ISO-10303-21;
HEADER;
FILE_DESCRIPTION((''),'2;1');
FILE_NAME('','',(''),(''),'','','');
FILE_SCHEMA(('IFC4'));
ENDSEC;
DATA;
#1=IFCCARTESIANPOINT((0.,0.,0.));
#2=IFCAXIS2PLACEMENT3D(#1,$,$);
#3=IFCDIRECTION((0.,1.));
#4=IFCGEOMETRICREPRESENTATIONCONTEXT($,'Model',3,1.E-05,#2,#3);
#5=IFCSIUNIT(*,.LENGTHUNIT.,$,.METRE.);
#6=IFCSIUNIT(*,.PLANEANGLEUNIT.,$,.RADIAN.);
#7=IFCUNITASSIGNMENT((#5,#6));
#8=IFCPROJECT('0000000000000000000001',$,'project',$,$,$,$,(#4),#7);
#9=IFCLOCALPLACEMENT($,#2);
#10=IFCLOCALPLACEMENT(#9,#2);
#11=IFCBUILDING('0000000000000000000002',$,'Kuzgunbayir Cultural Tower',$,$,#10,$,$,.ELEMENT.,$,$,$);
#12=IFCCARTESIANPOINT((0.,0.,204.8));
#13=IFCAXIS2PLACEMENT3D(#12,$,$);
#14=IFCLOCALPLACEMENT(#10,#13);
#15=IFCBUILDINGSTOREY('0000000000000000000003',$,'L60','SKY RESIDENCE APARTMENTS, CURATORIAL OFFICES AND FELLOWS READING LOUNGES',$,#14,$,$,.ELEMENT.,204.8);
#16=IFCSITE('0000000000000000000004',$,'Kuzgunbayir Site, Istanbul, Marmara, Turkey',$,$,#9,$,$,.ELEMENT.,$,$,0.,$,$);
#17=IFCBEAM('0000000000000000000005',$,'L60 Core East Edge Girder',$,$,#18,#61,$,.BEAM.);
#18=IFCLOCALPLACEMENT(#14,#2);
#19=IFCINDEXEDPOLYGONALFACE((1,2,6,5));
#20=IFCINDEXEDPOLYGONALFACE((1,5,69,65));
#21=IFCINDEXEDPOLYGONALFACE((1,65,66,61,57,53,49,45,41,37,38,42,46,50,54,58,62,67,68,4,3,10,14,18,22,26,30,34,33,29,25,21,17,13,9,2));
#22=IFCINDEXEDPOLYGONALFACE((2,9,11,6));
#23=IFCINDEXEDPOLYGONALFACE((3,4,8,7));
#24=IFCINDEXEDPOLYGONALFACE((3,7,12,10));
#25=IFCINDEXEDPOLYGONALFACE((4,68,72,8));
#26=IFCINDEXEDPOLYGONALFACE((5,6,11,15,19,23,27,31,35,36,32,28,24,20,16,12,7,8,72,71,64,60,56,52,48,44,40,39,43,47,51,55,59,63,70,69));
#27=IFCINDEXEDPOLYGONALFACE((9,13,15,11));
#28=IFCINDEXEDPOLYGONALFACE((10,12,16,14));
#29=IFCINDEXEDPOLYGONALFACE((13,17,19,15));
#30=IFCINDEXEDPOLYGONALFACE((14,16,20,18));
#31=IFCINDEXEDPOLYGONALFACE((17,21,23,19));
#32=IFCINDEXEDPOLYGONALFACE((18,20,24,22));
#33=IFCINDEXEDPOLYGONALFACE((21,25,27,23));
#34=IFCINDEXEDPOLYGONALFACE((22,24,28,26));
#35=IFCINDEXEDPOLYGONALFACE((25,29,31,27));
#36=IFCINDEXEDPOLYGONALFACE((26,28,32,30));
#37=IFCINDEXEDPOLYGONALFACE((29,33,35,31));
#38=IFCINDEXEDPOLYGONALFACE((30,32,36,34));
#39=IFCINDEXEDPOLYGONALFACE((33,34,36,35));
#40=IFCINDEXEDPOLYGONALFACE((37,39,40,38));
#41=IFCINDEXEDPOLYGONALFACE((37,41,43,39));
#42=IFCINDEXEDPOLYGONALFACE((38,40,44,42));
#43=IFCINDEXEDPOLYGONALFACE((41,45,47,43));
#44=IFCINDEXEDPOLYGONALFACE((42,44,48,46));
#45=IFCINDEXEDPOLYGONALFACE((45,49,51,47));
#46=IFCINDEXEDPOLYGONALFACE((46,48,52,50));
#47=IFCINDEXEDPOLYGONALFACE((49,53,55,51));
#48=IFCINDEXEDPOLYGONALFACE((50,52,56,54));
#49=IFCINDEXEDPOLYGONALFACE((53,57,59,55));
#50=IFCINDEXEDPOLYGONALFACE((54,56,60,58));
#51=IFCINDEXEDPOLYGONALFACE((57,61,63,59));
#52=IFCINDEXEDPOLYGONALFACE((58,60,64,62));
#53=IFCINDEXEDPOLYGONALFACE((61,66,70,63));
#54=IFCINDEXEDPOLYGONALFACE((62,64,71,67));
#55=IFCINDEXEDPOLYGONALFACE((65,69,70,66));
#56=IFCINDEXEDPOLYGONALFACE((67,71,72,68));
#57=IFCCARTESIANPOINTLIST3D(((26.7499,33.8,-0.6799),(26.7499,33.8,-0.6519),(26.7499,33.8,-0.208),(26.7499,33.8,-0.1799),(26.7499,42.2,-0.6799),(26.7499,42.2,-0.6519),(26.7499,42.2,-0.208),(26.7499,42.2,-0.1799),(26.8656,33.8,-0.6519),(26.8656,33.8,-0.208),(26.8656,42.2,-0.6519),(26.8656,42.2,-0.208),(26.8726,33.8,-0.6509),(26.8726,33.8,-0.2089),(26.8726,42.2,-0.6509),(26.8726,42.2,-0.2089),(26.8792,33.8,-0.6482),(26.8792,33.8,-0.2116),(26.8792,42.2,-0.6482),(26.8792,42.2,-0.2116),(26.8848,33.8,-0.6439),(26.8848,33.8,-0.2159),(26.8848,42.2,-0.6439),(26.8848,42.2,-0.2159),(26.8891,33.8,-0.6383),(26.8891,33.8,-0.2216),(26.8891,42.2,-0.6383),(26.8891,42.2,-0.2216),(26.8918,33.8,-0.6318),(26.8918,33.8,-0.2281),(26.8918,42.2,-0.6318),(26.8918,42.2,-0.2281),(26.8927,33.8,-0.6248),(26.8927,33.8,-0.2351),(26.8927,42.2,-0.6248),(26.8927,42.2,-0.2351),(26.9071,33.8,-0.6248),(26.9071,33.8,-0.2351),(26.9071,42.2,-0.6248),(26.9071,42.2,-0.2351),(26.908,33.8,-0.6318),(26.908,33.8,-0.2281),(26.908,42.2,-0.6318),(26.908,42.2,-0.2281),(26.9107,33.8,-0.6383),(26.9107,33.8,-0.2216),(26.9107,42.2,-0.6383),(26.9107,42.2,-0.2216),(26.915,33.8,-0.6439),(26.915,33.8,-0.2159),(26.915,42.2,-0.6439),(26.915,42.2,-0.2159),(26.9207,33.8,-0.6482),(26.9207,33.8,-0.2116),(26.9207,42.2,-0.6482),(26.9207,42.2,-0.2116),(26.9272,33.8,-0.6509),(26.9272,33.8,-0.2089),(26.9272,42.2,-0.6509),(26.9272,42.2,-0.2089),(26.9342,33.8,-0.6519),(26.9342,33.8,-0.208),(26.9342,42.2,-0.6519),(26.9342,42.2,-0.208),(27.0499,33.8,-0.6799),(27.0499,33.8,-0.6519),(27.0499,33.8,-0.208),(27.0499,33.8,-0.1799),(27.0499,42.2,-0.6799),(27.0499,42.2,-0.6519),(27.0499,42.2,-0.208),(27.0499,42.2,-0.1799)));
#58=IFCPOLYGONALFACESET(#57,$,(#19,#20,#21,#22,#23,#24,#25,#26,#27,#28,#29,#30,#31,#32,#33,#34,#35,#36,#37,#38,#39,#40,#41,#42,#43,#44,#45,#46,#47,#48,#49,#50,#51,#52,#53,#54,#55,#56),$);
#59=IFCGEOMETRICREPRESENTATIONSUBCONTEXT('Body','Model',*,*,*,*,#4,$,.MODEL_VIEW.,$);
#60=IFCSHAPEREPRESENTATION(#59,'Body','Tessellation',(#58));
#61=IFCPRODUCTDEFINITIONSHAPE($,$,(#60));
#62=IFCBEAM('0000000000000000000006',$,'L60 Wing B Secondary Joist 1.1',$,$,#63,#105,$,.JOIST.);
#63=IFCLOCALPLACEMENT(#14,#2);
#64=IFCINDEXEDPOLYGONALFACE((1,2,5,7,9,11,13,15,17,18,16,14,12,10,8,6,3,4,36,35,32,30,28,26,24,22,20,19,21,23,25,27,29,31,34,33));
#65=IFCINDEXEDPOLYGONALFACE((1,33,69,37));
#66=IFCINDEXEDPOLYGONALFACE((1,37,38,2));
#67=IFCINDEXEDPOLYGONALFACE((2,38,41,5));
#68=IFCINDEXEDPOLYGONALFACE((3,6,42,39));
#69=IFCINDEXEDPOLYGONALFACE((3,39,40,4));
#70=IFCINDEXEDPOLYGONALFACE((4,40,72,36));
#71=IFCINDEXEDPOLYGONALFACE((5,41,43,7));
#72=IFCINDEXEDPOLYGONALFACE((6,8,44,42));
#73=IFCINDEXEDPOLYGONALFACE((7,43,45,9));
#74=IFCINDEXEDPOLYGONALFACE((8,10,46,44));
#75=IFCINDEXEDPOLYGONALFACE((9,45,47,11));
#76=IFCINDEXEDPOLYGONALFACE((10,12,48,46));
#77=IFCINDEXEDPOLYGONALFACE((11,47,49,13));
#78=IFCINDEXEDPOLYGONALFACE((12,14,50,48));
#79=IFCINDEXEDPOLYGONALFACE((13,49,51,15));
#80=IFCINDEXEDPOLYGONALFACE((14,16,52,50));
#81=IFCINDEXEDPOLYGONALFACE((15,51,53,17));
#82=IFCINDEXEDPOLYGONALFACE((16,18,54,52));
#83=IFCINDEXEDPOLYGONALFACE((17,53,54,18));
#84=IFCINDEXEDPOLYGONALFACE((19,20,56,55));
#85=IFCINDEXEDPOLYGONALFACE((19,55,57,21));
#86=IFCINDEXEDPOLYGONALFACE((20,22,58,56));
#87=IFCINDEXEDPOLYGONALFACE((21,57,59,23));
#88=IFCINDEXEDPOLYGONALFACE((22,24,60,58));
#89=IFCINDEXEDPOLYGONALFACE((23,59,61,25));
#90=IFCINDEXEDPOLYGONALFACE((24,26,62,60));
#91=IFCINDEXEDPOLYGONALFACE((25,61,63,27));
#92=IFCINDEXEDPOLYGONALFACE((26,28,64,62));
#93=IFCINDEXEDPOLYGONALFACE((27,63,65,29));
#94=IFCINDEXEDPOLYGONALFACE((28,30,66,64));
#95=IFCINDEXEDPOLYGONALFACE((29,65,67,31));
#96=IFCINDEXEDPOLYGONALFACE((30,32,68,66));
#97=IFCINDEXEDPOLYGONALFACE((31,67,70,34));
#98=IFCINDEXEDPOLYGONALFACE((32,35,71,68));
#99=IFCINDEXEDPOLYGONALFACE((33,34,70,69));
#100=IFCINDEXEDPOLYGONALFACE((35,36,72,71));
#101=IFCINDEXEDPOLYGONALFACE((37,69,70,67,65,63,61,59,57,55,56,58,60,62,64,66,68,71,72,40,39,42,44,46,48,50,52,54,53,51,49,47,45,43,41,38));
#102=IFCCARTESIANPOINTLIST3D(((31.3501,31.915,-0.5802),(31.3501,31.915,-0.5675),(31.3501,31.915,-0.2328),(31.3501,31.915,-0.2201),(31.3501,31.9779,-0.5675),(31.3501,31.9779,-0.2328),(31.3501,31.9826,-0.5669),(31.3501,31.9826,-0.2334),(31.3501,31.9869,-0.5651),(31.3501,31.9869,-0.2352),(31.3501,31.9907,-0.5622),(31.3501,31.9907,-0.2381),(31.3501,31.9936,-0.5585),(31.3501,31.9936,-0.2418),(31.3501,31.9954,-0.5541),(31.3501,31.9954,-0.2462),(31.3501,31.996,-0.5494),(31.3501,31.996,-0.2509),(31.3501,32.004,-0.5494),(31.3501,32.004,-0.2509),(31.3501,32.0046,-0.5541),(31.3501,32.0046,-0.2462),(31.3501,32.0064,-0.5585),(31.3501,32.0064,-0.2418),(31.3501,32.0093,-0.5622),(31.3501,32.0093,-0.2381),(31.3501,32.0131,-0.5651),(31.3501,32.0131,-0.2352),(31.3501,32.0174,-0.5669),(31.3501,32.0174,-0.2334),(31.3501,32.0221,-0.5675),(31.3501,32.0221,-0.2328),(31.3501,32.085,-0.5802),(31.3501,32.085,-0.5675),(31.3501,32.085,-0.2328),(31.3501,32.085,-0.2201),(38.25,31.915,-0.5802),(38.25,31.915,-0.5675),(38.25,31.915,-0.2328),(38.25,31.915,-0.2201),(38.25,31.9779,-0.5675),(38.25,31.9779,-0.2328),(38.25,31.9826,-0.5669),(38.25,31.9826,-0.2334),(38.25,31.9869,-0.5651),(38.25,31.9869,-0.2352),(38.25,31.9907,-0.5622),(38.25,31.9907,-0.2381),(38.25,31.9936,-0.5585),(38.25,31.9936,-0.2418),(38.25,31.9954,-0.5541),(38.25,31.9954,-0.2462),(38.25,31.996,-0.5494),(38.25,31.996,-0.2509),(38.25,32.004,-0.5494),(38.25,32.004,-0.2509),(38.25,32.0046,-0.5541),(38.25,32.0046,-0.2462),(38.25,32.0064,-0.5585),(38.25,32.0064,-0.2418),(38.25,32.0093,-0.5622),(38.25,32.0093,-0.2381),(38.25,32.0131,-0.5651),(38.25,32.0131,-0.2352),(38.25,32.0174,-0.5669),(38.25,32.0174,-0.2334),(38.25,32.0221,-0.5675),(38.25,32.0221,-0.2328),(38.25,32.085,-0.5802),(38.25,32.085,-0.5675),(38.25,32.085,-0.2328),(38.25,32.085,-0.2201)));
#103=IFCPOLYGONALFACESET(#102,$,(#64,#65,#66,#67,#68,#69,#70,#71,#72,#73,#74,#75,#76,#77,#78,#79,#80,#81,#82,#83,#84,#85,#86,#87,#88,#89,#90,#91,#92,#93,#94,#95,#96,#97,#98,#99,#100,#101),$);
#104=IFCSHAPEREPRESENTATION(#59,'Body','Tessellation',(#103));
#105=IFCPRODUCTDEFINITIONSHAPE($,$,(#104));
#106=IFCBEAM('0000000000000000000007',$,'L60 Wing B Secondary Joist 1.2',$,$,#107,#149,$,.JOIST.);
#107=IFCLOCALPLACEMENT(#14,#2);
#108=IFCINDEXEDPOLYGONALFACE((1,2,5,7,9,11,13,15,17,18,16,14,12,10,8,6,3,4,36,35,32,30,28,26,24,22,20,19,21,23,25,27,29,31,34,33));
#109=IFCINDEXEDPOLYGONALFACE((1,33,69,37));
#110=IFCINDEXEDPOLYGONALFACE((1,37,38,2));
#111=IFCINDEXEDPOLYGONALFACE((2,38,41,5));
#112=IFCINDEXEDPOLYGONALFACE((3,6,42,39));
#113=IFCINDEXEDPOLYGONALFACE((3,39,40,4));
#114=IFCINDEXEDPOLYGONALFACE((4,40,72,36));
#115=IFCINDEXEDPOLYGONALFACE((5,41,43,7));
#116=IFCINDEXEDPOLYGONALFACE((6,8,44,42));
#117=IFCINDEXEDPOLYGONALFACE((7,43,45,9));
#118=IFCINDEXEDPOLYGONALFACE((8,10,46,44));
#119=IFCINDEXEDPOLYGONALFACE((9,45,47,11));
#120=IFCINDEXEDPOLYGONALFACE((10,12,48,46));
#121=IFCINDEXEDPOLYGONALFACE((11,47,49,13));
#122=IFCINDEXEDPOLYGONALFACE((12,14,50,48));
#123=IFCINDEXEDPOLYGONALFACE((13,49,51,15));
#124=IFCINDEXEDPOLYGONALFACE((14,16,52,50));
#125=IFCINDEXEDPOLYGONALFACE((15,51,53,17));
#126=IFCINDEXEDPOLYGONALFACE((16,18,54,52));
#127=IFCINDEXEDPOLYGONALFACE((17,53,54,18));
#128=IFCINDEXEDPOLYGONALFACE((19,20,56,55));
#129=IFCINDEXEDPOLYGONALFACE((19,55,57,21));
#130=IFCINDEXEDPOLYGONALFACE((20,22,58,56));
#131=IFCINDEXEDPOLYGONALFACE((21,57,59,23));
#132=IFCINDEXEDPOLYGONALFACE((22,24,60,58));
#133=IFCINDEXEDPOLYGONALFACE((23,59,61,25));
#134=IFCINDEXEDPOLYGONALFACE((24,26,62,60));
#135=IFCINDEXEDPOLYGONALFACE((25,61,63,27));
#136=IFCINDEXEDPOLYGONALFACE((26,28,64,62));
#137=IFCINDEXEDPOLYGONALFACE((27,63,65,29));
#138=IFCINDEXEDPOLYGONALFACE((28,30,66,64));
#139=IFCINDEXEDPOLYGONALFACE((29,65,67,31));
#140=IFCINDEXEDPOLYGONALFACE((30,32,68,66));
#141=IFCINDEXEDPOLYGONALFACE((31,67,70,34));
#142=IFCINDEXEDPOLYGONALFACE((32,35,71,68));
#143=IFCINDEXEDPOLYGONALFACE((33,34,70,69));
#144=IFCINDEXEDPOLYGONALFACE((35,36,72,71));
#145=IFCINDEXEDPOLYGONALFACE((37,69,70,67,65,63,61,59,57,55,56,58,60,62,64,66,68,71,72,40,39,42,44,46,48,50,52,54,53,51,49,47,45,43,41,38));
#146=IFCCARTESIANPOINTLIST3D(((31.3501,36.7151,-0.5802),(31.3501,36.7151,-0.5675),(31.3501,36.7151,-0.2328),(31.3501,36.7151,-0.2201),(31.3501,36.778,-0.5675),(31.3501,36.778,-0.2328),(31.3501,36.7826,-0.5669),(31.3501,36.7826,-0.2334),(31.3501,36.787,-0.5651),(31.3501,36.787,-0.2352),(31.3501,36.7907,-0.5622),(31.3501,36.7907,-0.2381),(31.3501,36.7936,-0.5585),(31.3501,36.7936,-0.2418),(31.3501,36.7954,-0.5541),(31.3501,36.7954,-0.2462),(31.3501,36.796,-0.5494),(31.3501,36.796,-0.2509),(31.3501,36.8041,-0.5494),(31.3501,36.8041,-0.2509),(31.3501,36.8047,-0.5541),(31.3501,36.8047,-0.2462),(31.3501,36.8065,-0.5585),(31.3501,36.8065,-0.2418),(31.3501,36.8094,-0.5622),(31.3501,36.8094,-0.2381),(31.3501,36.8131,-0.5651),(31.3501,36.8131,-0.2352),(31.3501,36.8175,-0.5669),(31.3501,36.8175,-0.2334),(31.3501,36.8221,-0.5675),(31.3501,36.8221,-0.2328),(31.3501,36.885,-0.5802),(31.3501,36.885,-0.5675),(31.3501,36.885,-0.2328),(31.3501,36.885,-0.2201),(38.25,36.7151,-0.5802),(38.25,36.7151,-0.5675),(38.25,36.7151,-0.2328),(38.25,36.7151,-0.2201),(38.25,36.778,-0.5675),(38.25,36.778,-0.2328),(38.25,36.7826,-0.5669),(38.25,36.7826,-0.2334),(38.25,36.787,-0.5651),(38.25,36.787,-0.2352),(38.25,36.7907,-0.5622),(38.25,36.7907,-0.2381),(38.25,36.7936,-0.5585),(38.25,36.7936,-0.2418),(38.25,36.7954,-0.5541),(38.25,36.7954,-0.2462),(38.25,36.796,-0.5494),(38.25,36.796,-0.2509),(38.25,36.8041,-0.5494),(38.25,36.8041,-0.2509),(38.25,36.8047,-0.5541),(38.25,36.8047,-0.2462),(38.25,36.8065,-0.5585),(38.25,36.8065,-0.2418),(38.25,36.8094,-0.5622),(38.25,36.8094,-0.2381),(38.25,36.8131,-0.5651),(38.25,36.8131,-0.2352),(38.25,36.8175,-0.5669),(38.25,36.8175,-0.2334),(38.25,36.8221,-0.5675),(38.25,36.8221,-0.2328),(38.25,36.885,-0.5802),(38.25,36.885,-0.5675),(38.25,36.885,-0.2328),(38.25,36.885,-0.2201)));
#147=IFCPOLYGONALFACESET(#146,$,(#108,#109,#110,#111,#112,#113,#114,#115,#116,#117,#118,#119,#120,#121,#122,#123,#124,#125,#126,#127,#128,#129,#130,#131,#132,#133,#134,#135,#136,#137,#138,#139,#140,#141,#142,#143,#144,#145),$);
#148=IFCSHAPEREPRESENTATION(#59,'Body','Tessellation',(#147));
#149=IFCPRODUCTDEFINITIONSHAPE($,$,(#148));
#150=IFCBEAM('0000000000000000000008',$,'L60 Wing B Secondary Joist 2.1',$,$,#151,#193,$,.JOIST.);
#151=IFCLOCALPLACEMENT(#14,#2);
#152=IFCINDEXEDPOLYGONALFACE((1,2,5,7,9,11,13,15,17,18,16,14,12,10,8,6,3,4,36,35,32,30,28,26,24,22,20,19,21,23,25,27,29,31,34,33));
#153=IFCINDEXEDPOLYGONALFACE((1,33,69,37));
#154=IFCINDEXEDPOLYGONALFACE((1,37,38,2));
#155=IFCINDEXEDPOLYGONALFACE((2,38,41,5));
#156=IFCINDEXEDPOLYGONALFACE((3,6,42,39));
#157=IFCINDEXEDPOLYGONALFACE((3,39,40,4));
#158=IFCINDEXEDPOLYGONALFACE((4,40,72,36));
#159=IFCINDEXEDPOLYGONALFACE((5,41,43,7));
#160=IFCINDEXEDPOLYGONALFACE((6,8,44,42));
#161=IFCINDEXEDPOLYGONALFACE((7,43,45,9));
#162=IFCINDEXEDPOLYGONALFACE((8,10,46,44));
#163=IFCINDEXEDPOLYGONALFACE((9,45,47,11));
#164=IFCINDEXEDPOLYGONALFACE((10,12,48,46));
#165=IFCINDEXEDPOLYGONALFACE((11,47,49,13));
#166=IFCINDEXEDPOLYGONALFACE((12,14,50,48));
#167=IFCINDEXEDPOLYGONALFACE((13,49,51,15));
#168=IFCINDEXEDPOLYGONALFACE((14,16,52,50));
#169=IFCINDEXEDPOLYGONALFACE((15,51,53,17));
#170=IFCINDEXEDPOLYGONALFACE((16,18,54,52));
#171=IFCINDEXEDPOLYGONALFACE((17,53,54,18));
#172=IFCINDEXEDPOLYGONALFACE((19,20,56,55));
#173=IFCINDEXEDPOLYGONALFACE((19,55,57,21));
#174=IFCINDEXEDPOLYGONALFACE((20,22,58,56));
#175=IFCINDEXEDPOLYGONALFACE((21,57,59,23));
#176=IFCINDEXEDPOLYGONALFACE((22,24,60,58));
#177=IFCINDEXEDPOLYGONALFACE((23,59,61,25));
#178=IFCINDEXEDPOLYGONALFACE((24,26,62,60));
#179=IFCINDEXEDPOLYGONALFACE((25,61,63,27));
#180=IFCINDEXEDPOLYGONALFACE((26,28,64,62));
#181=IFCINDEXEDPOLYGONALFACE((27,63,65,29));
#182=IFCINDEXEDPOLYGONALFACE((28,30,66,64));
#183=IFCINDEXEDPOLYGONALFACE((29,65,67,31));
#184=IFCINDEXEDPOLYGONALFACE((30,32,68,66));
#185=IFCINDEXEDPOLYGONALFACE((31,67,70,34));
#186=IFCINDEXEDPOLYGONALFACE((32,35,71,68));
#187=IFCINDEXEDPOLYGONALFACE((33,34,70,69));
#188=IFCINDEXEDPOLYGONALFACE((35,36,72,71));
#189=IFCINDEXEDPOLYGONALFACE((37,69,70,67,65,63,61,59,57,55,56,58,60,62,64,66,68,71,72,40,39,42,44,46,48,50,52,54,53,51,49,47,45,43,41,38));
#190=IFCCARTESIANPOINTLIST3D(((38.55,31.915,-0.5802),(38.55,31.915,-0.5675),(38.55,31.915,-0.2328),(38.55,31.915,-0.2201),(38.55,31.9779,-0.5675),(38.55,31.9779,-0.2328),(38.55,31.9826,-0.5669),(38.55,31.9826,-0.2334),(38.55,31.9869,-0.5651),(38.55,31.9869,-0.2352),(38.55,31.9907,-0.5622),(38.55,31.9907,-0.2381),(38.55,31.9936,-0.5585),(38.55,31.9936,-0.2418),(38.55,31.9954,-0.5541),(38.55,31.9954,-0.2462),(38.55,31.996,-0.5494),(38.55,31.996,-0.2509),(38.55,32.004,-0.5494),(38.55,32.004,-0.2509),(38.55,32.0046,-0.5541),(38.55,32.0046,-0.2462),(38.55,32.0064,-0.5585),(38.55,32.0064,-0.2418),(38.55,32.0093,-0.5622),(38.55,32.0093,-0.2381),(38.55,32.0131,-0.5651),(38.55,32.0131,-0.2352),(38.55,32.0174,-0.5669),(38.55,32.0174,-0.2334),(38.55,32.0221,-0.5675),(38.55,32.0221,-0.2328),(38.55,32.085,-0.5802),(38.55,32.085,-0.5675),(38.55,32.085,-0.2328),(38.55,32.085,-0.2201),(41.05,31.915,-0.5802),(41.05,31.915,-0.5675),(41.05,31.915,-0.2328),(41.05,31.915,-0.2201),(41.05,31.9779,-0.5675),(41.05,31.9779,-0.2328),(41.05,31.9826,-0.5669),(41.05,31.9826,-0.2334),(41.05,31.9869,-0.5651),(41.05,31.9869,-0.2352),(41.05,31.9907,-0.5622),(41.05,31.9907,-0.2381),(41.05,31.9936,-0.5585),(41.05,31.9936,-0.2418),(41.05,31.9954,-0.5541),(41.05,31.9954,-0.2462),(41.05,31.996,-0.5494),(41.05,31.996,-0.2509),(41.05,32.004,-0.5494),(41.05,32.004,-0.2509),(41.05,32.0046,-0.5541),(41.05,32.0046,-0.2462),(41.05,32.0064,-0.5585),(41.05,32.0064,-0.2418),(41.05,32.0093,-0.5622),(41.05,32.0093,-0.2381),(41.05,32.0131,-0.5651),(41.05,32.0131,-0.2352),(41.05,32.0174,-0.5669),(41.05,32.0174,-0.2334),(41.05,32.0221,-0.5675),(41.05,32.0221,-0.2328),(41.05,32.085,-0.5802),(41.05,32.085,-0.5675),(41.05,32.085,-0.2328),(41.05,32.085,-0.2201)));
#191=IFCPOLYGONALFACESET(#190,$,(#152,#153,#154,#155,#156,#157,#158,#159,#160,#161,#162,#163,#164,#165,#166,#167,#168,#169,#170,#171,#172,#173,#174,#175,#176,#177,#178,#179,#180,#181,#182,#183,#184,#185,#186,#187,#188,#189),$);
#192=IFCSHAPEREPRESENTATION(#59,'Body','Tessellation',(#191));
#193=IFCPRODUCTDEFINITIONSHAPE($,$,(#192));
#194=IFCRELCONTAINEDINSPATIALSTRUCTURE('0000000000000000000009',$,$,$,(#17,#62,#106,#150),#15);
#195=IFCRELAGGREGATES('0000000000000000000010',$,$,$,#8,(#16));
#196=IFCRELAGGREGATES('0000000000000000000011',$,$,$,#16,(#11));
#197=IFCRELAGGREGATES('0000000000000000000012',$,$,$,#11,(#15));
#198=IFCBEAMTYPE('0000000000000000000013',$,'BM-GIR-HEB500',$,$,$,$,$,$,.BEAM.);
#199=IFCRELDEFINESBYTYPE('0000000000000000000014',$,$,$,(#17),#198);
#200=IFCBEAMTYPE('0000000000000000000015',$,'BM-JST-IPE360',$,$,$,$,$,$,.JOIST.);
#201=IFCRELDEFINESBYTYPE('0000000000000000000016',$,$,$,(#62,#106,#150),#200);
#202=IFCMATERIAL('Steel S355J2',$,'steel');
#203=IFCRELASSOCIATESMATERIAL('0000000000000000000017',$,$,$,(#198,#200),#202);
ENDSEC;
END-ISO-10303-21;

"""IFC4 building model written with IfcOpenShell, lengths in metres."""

from ifc_helpers import new_model, si_unit, direction, frame, origin, origin_2d, place, context, subcontext, project, spatial, i_section, extrude, material, material_profile, profile_set, type_object, element, save


model = new_model("IFC4")

# Units and contexts
model_context = context("Model", 3, precision=1e-05, world=origin(), true_north=direction((0.0, 1.0)))
body_context = subcontext(model_context, "Body", "Model", "MODEL_VIEW")
ifc_project = project(units=[si_unit("LENGTHUNIT", "METRE"), si_unit("PLANEANGLEUNIT", "RADIAN")], contexts=[model_context])

# Site, building, storey
site_placement = place(None, origin())
site = spatial("IfcSite", under=ifc_project, at=site_placement, Name="Kuzgunbayir Site, Istanbul, Marmara, Turkey", CompositionType="ELEMENT", RefElevation=0.0)
building_placement = place(site_placement, origin())
building = spatial("IfcBuilding", under=site, at=building_placement, Name="Kuzgunbayir Cultural Tower", CompositionType="ELEMENT")
storey_placement = place(building_placement, frame((0.0, 0.0, 204.8)))
storey = spatial("IfcBuildingStorey", under=building, at=storey_placement, Name="L60", Description="SKY RESIDENCE APARTMENTS, CURATORIAL OFFICES AND FELLOWS READING LOUNGES", CompositionType="ELEMENT", Elevation=204.8)

# Beams
ifc_material_1 = material(Name="Steel S355J2", Category="steel")
ifc_material_profile_1 = material_profile(ifc_material_1, i_section(OverallWidth=0.3, OverallDepth=0.5, WebThickness=0.0144, FlangeThickness=0.0281, FilletRadius=0.0271, at=origin_2d()), Name="HEB 500")
ifc_profile_set_1 = profile_set([ifc_material_profile_1], Name="Steel S355J2")
beam_type_1 = type_object("IfcBeamType", Name="BM-GIR-HEB500", PredefinedType="BEAM", material=ifc_profile_set_1)
beam_1_placement = place(storey_placement, frame((26.8999, 33.8, -0.4299), z_axis=(0.0, 1.0, 0.0), x_axis=(-1.0, 0.0, 0.0)))
element("IfcBeam", 1, at=beam_1_placement, inside=storey, type_object=beam_type_1, Name="L60 Core East Edge Girder", PredefinedType="BEAM", context=body_context, shape_type="SweptSolid", body=[
    extrude(i_section(OverallWidth=0.3, OverallDepth=0.5, WebThickness=0.0144, FlangeThickness=0.0281, FilletRadius=0.0271, at=origin_2d()), origin(), (0.0, 0.0, 1.0), 8.3999),
])
ifc_material_profile_2 = material_profile(ifc_material_1, i_section(OverallWidth=0.1699, OverallDepth=0.3601, WebThickness=0.0081, FlangeThickness=0.0127, FilletRadius=0.0181, at=origin_2d()), Name="IPE 360")
ifc_profile_set_2 = profile_set([ifc_material_profile_2], Name="Steel S355J2")
beam_type_2 = type_object("IfcBeamType", Name="BM-JST-IPE360", PredefinedType="JOIST", material=ifc_profile_set_2)
for number, where, z_axis, x_axis, name in (
    (2, (31.3501, 32.0, -0.4001), (1.0, 0.0, 0.0), (0.0, 1.0, 0.0), "L60 Wing B Secondary Joist 1.1"),
    (3, (31.3501, 36.8, -0.4001), (1.0, 0.0, 0.0), (0.0, 1.0, 0.0), "L60 Wing B Secondary Joist 1.2"),
):
    element("IfcBeam", number, at=place(storey_placement, frame(where, z_axis=z_axis, x_axis=x_axis)), inside=storey, type_object=beam_type_2, Name=name, PredefinedType="JOIST", context=body_context, shape_type="SweptSolid", body=[
        extrude(i_section(OverallWidth=0.1699, OverallDepth=0.3601, WebThickness=0.0081, FlangeThickness=0.0127, FilletRadius=0.0181, at=origin_2d()), origin(), (0.0, 0.0, 1.0), 6.8999),
    ])
for number, where, z_axis, x_axis, name in (
    (4, (38.55, 32.0, -0.4001), (1.0, 0.0, 0.0), (0.0, 1.0, 0.0), "L60 Wing B Secondary Joist 2.1"),
):
    element("IfcBeam", number, at=place(storey_placement, frame(where, z_axis=z_axis, x_axis=x_axis)), inside=storey, type_object=beam_type_2, Name=name, PredefinedType="JOIST", context=body_context, shape_type="SweptSolid", body=[
        extrude(i_section(OverallWidth=0.1699, OverallDepth=0.3601, WebThickness=0.0081, FlangeThickness=0.0127, FilletRadius=0.0181, at=origin_2d()), origin(), (0.0, 0.0, 1.0), 2.5),
    ])

save(model, "model.ifc")
